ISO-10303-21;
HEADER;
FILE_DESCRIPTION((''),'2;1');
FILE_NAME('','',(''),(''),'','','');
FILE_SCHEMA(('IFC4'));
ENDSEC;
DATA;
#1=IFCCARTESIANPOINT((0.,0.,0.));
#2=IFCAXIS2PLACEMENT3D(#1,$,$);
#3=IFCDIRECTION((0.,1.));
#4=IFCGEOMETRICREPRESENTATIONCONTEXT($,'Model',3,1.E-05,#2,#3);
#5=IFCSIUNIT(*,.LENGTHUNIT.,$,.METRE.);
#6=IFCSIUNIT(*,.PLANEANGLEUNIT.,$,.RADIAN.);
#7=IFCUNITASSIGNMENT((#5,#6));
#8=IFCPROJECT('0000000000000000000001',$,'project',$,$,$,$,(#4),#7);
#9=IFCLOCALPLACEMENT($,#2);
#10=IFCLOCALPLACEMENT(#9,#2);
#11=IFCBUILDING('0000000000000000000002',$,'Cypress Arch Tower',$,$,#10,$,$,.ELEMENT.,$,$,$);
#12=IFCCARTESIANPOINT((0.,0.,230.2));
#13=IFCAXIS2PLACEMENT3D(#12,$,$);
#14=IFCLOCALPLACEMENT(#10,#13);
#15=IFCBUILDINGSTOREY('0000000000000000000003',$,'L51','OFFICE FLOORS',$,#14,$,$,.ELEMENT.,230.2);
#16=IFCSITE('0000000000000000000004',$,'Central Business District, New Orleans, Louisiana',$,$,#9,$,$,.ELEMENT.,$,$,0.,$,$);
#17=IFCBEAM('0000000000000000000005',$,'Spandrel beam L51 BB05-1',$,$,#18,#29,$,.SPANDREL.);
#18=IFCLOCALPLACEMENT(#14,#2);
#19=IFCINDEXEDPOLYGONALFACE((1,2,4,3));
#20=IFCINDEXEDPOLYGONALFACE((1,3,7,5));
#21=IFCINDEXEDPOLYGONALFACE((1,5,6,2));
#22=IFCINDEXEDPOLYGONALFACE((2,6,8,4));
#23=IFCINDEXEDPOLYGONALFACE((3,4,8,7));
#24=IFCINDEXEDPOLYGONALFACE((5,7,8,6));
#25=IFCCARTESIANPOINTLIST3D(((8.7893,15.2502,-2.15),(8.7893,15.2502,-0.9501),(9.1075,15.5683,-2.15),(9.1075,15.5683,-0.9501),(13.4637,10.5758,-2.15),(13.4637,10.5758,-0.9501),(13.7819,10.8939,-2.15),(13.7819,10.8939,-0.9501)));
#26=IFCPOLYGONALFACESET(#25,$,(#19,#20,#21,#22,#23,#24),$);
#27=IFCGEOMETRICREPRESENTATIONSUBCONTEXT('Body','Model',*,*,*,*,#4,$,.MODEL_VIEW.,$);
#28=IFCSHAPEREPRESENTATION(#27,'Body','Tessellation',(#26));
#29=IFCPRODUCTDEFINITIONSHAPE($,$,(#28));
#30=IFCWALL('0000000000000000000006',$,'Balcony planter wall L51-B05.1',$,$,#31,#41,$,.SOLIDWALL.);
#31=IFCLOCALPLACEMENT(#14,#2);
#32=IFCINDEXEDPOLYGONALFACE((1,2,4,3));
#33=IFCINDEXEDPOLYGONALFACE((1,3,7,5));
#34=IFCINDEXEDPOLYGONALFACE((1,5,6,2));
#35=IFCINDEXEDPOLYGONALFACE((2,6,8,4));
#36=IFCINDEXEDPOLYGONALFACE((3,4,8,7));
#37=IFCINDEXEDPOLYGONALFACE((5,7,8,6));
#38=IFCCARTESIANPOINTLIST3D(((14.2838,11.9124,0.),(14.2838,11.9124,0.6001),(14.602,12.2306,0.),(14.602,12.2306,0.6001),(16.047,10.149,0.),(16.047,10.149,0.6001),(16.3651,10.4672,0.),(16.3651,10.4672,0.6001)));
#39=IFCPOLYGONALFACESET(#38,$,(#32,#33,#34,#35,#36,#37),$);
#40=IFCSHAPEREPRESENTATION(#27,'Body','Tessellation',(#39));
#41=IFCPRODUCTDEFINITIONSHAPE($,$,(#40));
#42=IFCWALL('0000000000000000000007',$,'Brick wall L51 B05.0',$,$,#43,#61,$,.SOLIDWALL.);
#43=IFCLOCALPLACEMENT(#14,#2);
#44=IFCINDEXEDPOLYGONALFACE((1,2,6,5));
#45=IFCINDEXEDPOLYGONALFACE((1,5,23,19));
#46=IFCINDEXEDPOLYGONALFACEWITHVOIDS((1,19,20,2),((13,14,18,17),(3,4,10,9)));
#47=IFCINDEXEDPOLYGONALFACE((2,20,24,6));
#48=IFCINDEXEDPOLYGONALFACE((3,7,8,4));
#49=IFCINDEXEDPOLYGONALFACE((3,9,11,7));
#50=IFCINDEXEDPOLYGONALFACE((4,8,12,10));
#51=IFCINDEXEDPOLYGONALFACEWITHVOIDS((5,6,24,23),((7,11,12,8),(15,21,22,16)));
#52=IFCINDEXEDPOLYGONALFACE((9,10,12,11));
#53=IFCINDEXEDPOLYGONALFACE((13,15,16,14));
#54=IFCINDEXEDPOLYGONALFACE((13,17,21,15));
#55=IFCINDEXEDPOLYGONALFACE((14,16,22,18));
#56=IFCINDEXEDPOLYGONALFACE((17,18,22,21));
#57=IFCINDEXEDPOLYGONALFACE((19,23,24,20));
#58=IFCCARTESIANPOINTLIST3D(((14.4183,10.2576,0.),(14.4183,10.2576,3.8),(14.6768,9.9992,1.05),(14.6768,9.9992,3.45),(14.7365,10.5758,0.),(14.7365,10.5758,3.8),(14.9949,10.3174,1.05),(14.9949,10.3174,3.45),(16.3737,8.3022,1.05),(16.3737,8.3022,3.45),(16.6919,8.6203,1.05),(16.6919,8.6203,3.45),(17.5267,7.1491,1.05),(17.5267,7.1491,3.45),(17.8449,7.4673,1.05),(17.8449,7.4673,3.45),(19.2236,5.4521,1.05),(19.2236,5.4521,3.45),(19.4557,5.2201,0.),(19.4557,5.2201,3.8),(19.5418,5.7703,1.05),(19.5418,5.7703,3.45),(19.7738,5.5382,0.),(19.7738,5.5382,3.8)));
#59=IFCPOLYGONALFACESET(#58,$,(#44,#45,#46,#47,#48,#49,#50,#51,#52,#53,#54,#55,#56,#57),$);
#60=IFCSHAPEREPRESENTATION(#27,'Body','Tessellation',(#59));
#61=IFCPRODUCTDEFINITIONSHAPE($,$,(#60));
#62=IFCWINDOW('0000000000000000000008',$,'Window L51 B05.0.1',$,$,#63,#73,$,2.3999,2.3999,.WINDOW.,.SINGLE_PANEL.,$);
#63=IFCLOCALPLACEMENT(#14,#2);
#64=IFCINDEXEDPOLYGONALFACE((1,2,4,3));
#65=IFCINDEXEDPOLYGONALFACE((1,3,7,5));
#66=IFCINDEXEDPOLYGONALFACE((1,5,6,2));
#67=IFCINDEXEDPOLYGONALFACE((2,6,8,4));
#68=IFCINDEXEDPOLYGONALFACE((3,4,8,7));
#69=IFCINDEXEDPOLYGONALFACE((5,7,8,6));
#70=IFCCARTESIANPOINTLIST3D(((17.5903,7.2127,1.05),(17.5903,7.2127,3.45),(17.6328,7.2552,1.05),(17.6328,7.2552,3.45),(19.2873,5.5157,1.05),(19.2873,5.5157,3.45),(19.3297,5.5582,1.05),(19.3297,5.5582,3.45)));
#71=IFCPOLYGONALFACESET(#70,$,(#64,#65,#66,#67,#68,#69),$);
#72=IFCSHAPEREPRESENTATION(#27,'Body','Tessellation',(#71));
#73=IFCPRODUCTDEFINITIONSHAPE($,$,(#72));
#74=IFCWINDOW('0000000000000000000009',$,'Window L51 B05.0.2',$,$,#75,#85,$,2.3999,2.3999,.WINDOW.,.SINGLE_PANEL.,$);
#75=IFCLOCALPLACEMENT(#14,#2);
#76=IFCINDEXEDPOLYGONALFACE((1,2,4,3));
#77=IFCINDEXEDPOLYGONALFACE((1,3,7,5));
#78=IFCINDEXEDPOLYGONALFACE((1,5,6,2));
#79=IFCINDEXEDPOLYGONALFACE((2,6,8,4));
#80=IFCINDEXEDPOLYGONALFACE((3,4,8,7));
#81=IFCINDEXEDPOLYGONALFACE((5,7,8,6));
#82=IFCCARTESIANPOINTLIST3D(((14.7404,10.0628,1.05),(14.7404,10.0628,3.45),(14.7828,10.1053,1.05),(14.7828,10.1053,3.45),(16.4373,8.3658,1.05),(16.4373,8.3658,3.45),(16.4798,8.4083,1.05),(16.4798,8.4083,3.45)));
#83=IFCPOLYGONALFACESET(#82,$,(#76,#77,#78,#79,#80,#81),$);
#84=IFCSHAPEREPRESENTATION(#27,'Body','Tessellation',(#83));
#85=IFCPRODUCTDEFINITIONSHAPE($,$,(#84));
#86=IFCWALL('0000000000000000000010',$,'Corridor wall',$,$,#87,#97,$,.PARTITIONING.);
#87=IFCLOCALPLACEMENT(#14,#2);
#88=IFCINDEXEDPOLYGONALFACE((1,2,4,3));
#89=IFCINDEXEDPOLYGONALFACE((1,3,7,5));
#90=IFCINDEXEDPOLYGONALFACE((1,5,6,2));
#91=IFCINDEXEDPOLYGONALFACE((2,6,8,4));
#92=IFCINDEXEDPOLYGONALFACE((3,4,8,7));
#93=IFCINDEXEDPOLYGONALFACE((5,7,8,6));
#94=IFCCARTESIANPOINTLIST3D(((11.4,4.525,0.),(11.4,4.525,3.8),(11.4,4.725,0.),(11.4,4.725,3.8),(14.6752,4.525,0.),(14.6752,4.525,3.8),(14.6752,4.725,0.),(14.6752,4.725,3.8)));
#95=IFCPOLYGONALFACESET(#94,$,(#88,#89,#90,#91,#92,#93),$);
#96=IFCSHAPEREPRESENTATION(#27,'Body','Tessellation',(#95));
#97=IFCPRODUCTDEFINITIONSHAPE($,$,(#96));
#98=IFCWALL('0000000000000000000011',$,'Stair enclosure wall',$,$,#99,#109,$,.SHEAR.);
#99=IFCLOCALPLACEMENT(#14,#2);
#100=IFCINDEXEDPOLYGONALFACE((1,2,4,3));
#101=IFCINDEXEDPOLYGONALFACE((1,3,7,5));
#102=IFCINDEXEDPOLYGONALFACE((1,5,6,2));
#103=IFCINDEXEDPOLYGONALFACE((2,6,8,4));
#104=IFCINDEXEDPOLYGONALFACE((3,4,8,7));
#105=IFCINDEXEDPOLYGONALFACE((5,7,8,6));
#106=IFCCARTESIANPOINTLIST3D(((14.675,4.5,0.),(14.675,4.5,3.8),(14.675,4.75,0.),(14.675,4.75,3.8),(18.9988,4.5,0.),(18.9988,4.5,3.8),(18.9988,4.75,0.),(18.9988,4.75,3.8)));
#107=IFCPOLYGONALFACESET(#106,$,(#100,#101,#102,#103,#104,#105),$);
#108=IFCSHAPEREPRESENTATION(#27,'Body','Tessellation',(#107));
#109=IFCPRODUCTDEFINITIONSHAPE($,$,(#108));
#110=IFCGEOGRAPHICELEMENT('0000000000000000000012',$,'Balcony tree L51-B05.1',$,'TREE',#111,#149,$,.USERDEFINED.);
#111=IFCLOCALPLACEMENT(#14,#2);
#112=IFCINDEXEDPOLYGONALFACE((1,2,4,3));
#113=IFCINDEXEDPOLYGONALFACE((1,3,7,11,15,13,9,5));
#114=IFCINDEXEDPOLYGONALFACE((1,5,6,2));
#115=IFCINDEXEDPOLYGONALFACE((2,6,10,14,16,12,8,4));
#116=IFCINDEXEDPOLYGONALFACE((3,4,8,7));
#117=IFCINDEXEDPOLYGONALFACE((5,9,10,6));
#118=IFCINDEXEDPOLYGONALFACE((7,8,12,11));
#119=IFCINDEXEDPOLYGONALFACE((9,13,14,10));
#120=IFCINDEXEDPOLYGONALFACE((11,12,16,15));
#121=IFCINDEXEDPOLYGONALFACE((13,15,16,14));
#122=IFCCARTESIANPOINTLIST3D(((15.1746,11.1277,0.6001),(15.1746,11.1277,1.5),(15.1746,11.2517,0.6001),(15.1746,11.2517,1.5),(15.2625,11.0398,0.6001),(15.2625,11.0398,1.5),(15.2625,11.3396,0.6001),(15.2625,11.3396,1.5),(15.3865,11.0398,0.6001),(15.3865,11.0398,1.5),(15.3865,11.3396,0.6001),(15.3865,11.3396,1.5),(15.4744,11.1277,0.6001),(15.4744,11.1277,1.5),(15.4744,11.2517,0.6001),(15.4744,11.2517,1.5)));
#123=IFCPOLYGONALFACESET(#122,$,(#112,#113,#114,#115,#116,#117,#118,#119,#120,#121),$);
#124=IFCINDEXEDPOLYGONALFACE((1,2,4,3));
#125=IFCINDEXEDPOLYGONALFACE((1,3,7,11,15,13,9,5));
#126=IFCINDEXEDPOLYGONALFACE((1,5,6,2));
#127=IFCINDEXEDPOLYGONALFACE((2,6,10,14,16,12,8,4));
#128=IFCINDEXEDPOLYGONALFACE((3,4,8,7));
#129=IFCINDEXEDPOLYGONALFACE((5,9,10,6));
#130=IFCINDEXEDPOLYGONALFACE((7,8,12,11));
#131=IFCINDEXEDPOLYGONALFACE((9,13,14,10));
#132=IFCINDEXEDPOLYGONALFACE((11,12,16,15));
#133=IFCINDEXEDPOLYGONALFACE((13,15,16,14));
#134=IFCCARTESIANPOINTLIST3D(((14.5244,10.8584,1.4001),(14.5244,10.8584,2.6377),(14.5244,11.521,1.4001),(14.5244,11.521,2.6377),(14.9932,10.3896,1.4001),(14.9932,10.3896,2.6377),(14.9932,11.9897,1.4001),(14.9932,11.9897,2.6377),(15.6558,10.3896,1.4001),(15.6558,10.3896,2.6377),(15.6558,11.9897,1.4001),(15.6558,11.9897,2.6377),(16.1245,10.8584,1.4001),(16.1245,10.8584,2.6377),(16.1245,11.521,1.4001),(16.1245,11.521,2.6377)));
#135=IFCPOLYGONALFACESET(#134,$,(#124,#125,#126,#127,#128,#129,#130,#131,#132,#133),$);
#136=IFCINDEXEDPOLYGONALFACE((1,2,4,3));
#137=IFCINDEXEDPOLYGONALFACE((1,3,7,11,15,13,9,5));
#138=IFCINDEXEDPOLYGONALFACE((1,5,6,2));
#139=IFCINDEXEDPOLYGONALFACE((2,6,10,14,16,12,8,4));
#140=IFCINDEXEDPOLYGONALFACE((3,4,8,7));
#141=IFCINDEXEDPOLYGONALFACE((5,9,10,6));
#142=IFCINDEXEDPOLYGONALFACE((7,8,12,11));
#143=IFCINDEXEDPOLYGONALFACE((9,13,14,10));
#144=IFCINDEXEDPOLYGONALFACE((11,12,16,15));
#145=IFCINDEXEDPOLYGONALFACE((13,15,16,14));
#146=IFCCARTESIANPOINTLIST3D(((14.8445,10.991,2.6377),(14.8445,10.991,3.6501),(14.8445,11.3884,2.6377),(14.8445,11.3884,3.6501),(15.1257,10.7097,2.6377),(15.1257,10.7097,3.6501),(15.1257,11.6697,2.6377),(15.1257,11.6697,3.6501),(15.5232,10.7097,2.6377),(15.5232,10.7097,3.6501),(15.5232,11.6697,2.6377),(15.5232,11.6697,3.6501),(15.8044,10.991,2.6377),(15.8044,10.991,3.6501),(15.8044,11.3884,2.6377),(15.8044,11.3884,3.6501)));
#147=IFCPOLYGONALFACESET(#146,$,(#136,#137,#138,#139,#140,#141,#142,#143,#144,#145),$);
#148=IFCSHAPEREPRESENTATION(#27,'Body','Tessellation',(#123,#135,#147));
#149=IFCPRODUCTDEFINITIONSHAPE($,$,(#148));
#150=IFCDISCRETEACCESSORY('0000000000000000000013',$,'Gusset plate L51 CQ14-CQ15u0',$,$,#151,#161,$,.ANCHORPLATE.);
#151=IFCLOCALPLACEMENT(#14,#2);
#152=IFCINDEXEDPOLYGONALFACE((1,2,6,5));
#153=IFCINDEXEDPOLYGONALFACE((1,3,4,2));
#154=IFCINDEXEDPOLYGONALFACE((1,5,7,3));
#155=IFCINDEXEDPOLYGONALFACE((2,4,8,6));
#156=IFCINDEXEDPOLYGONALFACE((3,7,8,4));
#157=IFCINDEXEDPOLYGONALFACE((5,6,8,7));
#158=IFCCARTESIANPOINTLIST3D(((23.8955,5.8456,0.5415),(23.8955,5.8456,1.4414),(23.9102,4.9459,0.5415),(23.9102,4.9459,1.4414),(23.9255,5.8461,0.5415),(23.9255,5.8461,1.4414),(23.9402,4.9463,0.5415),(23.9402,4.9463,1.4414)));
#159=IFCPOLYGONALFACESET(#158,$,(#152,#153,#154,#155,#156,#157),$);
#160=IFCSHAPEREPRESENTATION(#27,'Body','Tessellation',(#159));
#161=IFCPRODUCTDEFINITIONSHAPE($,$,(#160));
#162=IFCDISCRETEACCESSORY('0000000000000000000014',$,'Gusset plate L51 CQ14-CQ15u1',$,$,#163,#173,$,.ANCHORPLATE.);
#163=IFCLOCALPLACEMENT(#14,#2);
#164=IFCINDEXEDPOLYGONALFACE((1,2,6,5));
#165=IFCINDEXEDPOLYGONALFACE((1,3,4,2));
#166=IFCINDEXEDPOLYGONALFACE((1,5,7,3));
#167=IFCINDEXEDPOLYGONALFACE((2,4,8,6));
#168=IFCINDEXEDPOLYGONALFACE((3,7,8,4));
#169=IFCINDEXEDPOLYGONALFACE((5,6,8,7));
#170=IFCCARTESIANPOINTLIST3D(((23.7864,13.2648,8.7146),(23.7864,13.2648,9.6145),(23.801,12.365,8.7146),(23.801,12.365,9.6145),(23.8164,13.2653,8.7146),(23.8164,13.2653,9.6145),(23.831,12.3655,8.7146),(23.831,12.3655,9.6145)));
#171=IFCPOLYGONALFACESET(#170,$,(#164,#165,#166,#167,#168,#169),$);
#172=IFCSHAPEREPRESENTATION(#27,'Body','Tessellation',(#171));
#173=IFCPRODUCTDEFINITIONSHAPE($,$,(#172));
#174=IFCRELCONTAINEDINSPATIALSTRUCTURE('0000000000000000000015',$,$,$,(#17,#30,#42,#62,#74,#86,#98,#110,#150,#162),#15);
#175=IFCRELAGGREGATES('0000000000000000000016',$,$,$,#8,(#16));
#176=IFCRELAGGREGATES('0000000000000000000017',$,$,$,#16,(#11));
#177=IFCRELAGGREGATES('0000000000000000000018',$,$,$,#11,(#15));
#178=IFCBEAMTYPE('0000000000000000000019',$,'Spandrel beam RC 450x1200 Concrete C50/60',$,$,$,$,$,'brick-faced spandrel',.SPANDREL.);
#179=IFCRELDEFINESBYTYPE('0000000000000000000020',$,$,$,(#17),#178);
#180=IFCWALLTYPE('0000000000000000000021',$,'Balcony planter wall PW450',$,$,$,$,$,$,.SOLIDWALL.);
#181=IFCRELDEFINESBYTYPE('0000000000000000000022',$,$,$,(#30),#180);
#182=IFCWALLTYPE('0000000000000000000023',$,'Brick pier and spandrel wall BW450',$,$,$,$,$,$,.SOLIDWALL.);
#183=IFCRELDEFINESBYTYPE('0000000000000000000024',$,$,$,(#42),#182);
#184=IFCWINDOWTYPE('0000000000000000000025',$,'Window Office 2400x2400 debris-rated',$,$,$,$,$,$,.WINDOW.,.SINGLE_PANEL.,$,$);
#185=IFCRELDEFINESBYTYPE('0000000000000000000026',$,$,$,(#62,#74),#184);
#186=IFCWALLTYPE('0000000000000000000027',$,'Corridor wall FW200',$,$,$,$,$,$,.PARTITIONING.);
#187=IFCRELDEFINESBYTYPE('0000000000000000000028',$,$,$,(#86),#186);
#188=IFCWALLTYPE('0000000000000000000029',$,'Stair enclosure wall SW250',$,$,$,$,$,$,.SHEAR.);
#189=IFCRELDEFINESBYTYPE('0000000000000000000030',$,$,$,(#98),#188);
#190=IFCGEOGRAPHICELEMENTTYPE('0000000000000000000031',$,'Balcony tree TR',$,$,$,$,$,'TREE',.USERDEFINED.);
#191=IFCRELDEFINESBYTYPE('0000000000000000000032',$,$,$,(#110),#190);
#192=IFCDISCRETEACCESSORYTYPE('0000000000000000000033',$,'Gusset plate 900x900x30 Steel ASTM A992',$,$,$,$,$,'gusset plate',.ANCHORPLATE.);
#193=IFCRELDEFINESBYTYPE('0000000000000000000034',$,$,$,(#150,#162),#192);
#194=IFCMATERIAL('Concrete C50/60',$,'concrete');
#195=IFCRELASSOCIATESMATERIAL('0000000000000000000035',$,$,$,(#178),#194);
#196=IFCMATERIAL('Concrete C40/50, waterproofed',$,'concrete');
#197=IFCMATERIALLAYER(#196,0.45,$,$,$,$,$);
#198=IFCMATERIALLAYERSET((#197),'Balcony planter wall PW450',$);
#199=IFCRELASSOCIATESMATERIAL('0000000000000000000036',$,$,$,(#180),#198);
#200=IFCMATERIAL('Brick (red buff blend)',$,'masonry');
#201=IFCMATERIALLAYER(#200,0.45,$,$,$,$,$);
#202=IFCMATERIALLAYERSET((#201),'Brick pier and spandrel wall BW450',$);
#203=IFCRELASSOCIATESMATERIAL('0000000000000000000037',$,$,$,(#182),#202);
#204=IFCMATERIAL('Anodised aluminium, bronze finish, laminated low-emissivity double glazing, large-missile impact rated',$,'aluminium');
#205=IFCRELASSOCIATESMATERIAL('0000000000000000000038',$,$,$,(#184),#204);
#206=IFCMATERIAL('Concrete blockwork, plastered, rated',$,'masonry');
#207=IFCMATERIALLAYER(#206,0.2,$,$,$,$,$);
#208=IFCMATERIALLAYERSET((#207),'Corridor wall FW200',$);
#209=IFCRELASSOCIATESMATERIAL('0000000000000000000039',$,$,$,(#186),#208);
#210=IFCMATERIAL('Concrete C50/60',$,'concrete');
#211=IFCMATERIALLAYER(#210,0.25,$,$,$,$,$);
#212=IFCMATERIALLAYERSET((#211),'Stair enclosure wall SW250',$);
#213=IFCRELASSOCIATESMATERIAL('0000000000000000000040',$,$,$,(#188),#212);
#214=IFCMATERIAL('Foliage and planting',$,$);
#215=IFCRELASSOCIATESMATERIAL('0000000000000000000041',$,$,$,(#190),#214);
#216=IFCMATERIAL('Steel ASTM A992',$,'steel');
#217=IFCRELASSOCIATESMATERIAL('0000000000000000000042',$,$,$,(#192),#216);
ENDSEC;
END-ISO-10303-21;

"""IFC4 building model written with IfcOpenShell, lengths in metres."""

from ifc_helpers import new_model, si_unit, direction, frame, frame_2d, origin, origin_2d, place, context, subcontext, project, spatial, polyline, rectangle, outline, extrude, material, layer, layer_set, material_profile, profile_set, type_object, element, fill, save


model = new_model("IFC4")

# Units and contexts
model_context = context("Model", 3, precision=1e-05, world=origin(), true_north=direction((0.0, 1.0)))
body_context = subcontext(model_context, "Body", "Model", "MODEL_VIEW")
ifc_project = project(units=[si_unit("LENGTHUNIT", "METRE"), si_unit("PLANEANGLEUNIT", "RADIAN")], contexts=[model_context])

# Site, building, storey
site_placement = place(None, origin())
site = spatial("IfcSite", under=ifc_project, at=site_placement, Name="Central Business District, New Orleans, Louisiana", CompositionType="ELEMENT", RefElevation=0.0)
building_placement = place(site_placement, origin())
building = spatial("IfcBuilding", under=site, at=building_placement, Name="Cypress Arch Tower", CompositionType="ELEMENT")
storey_placement = place(building_placement, frame((0.0, 0.0, 230.2)))
storey = spatial("IfcBuildingStorey", under=building, at=storey_placement, Name="L51", Description="OFFICE FLOORS", CompositionType="ELEMENT", Elevation=230.2)

# Beam
ifc_material_1 = material(Name="Concrete C50/60", Category="concrete")
ifc_material_profile_1 = material_profile(ifc_material_1, rectangle(XDim=0.45, YDim=1.2, at=origin_2d()), Name="RC 450x1200")
ifc_profile_set_1 = profile_set([ifc_material_profile_1], Name="Concrete C50/60")
beam_type_1 = type_object("IfcBeamType", Name="Spandrel beam RC 450x1200 Concrete C50/60", ElementType="brick-faced spandrel", PredefinedType="SPANDREL", material=ifc_profile_set_1)
beam_1_placement = place(storey_placement, frame((13.6228, 10.7349, -1.55), z_axis=(-0.707107, 0.707107, 0.0), x_axis=(-0.707107, -0.707107, 0.0)))
element("IfcBeam", 1, at=beam_1_placement, inside=storey, type_object=beam_type_1, Name="Spandrel beam L51 BB05-1", PredefinedType="SPANDREL", context=body_context, shape_type="SweptSolid", body=[
    extrude(rectangle(XDim=0.45, YDim=1.2, at=origin_2d()), origin(), (0.0, 0.0, 1.0), 6.6106),
])

# Wall
ifc_material_2 = material(Name="Concrete C40/50, waterproofed", Category="concrete")
ifc_layer_1 = layer(ifc_material_2, 0.45)
ifc_layer_set_1 = layer_set([ifc_layer_1], Name="Balcony planter wall PW450")
wall_type_1 = type_object("IfcWallType", Name="Balcony planter wall PW450", PredefinedType="SOLIDWALL", material=ifc_layer_set_1)
wall_1_placement = place(storey_placement, frame((16.2061, 10.3081, 0.0), z_axis=(0.0, 0.0, 1.0), x_axis=(-0.707058, 0.707156, 0.0)))
element("IfcWall", 2, at=wall_1_placement, inside=storey, type_object=wall_type_1, Name="Balcony planter wall L51-B05.1", PredefinedType="SOLIDWALL", context=body_context, shape_type="SweptSolid", body=[
    extrude(rectangle(XDim=2.4937, YDim=0.45, at=frame_2d((1.2468, 0.0))), origin(), (0.0, 0.0, 1.0), 0.6001),
])

# Wall, openings, windows
ifc_material_3 = material(Name="Brick (red buff blend)", Category="masonry")
ifc_layer_2 = layer(ifc_material_3, 0.45)
ifc_layer_set_2 = layer_set([ifc_layer_2], Name="Brick pier and spandrel wall BW450")
wall_type_2 = type_object("IfcWallType", Name="Brick pier and spandrel wall BW450", PredefinedType="SOLIDWALL", material=ifc_layer_set_2)
wall_2_placement = place(storey_placement, frame((19.6147, 5.3792, 0.0), z_axis=(0.0, 0.0, 1.0), x_axis=(-0.70709, 0.707124, 0.0)))
wall_2 = element("IfcWall", 3, at=wall_2_placement, inside=storey, type_object=wall_type_2, Name="Brick wall L51 B05.0", PredefinedType="SOLIDWALL", context=body_context, shape_type="SweptSolid", body=[
    extrude(rectangle(XDim=7.124, YDim=0.45, at=frame_2d((3.562, 0.0))), origin(), (0.0, 0.0, 1.0), 3.8),
])
opening_1_placement = place(wall_2_placement, frame((0.3281, 0.0, 1.05)))
opening_1 = element("IfcOpeningElement", 4, at=opening_1_placement, cuts=wall_2, PredefinedType="OPENING", context=body_context, shape_type="SweptSolid", body=[
    extrude(rectangle(XDim=2.3999, YDim=2.3999, at=frame_2d((1.2, 1.2))), frame((0.0, 0.2349, 0.0), z_axis=(0.0, -1.0, 0.0), x_axis=(1.0, 0.0, 0.0)), (0.0, 0.0, 1.0), 0.47),
])
opening_2_placement = place(wall_2_placement, frame((4.3586, 0.0, 1.05)))
opening_2 = element("IfcOpeningElement", 5, at=opening_2_placement, cuts=wall_2, PredefinedType="OPENING", context=body_context, shape_type="SweptSolid", body=[
    extrude(rectangle(XDim=2.3999, YDim=2.3999, at=frame_2d((1.2, 1.2))), frame((0.0, 0.2349, 0.0), z_axis=(0.0, -1.0, 0.0), x_axis=(1.0, 0.0, 0.0)), (0.0, 0.0, 1.0), 0.47),
])
ifc_material_4 = material(Name="Anodised aluminium, bronze finish, laminated low-emissivity double glazing, large-missile impact rated", Category="aluminium")
window_type = type_object("IfcWindowType", Name="Window Office 2400x2400 debris-rated", PartitioningType="SINGLE_PANEL", PredefinedType="WINDOW", material=ifc_material_4)
window_1_placement = place(opening_1_placement, origin())
window_1 = element("IfcWindow", 6, at=window_1_placement, inside=storey, type_object=window_type, Name="Window L51 B05.0.1", OverallHeight=2.3999, OverallWidth=2.3999, PartitioningType="SINGLE_PANEL", PredefinedType="WINDOW", context=body_context, shape_type="SweptSolid", body=[
    extrude(rectangle(XDim=2.3999, YDim=2.3999, at=frame_2d((1.2, 1.2))), frame((0.0, 0.135, 0.0), z_axis=(0.0, -1.0, 0.0), x_axis=(1.0, 0.0, 0.0)), (0.0, 0.0, 1.0), 0.0601),
])
fill(opening_1, window_1)
window_2_placement = place(opening_2_placement, origin())
window_2 = element("IfcWindow", 7, at=window_2_placement, inside=storey, type_object=window_type, Name="Window L51 B05.0.2", OverallHeight=2.3999, OverallWidth=2.3999, PartitioningType="SINGLE_PANEL", PredefinedType="WINDOW", context=body_context, shape_type="SweptSolid", body=[
    extrude(rectangle(XDim=2.3999, YDim=2.3999, at=frame_2d((1.2, 1.2))), frame((0.0, 0.135, 0.0), z_axis=(0.0, -1.0, 0.0), x_axis=(1.0, 0.0, 0.0)), (0.0, 0.0, 1.0), 0.0601),
])
fill(opening_2, window_2)

# Shared definitions
ifc_material_5 = material(Name="Concrete blockwork, plastered, rated", Category="masonry")
ifc_layer_3 = layer(ifc_material_5, 0.2)
ifc_layer_set_3 = layer_set([ifc_layer_3], Name="Corridor wall FW200")
wall_type_3 = type_object("IfcWallType", Name="Corridor wall FW200", PredefinedType="PARTITIONING", material=ifc_layer_set_3)

# Walls
wall_3_placement = place(storey_placement, frame((11.3999, 4.625, 0.0), z_axis=(0.0, 0.0, 1.0), x_axis=(1.0, 0.0, 0.0)))
element("IfcWall", 8, at=wall_3_placement, inside=storey, type_object=wall_type_3, Name="Corridor wall", PredefinedType="PARTITIONING", context=body_context, shape_type="SweptSolid", body=[
    extrude(rectangle(XDim=3.2751, YDim=0.2, at=frame_2d((1.6377, 0.0))), origin(), (0.0, 0.0, 1.0), 3.8),
])
ifc_material_6 = material(Name="Concrete C50/60", Category="concrete")
ifc_layer_4 = layer(ifc_material_6, 0.25)
ifc_layer_set_4 = layer_set([ifc_layer_4], Name="Stair enclosure wall SW250")
wall_type_4 = type_object("IfcWallType", Name="Stair enclosure wall SW250", PredefinedType="SHEAR", material=ifc_layer_set_4)
wall_4_placement = place(storey_placement, frame((14.675, 4.625, 0.0), z_axis=(0.0, 0.0, 1.0), x_axis=(1.0, 0.0, 0.0)))
element("IfcWall", 9, at=wall_4_placement, inside=storey, type_object=wall_type_4, Name="Stair enclosure wall", PredefinedType="SHEAR", context=body_context, shape_type="SweptSolid", body=[
    extrude(rectangle(XDim=4.3237, YDim=0.25, at=frame_2d((2.1619, 0.0))), origin(), (0.0, 0.0, 1.0), 3.8),
])

# Geographic element
ifc_material_7 = material(Name="Foliage and planting")
geographic_element_type = type_object("IfcGeographicElementType", Name="Balcony tree TR", ElementType="TREE", PredefinedType="USERDEFINED", material=ifc_material_7)
geographic_element_placement = place(storey_placement, frame((15.3245, 11.1897, 0.6001), z_axis=(0.0, 0.0, 1.0), x_axis=(1.0, 0.0, 0.0)))
element("IfcGeographicElement", 10, at=geographic_element_placement, inside=storey, type_object=geographic_element_type, Name="Balcony tree L51-B05.1", ObjectType="TREE", PredefinedType="USERDEFINED", context=body_context, shape_type="SweptSolid", body=[
    extrude(outline(polyline([(0.1499, 0.062), (0.062, 0.1499), (-0.062, 0.1499), (-0.1499, 0.062), (-0.1499, -0.062), (-0.062, -0.1499), (0.062, -0.1499), (0.1499, -0.062), (0.1499, 0.062)])), origin(), (0.0, 0.0, 1.0), 0.8999),
    extrude(outline(polyline([(0.8, 0.3313), (0.3313, 0.8), (-0.3313, 0.8), (-0.8, 0.3313), (-0.8, -0.3313), (-0.3313, -0.8), (0.3313, -0.8), (0.8, -0.3313), (0.8, 0.3313)])), frame((0.0, 0.0, 0.8)), (0.0, 0.0, 1.0), 1.2375),
    extrude(outline(polyline([(0.48, 0.1987), (0.1987, 0.48), (-0.1987, 0.48), (-0.48, 0.1987), (-0.48, -0.1987), (-0.1987, -0.48), (0.1987, -0.48), (0.48, -0.1987), (0.48, 0.1987)])), frame((0.0, 0.0, 2.0376)), (0.0, 0.0, 1.0), 1.0125),
])

# Discrete accessories
ifc_material_8 = material(Name="Steel ASTM A992", Category="steel")
ifc_material_profile_2 = material_profile(ifc_material_8, rectangle(XDim=0.8999, YDim=0.8999, at=origin_2d()), Name="PL 30 900x900")
ifc_profile_set_2 = profile_set([ifc_material_profile_2], Name="Steel ASTM A992")
discrete_accessory_type_1 = type_object("IfcDiscreteAccessoryType", Name="Gusset plate 900x900x30 Steel ASTM A992", ElementType="gusset plate", PredefinedType="ANCHORPLATE", material=ifc_profile_set_2)
for number, where, z_axis, x_axis, name in (
    (11, (23.9329, 5.3962, 0.9915), (-0.999868, -0.016258, 0.0), (0.016258, -0.999868, 0.0), "Gusset plate L51 CQ14-CQ15u0"),
    (12, (23.8237, 12.8154, 9.1646), (-0.999868, -0.016258, 0.0), (0.016258, -0.999868, 0.0), "Gusset plate L51 CQ14-CQ15u1"),
):
    element("IfcDiscreteAccessory", number, at=place(storey_placement, frame(where, z_axis=z_axis, x_axis=x_axis)), inside=storey, type_object=discrete_accessory_type_1, Name=name, PredefinedType="ANCHORPLATE", context=body_context, shape_type="SweptSolid", body=[
        extrude(rectangle(XDim=0.8999, YDim=0.8999, at=origin_2d()), origin(), (0.0, 0.0, 1.0), 0.03),
    ])

save(model, "model.ifc")
